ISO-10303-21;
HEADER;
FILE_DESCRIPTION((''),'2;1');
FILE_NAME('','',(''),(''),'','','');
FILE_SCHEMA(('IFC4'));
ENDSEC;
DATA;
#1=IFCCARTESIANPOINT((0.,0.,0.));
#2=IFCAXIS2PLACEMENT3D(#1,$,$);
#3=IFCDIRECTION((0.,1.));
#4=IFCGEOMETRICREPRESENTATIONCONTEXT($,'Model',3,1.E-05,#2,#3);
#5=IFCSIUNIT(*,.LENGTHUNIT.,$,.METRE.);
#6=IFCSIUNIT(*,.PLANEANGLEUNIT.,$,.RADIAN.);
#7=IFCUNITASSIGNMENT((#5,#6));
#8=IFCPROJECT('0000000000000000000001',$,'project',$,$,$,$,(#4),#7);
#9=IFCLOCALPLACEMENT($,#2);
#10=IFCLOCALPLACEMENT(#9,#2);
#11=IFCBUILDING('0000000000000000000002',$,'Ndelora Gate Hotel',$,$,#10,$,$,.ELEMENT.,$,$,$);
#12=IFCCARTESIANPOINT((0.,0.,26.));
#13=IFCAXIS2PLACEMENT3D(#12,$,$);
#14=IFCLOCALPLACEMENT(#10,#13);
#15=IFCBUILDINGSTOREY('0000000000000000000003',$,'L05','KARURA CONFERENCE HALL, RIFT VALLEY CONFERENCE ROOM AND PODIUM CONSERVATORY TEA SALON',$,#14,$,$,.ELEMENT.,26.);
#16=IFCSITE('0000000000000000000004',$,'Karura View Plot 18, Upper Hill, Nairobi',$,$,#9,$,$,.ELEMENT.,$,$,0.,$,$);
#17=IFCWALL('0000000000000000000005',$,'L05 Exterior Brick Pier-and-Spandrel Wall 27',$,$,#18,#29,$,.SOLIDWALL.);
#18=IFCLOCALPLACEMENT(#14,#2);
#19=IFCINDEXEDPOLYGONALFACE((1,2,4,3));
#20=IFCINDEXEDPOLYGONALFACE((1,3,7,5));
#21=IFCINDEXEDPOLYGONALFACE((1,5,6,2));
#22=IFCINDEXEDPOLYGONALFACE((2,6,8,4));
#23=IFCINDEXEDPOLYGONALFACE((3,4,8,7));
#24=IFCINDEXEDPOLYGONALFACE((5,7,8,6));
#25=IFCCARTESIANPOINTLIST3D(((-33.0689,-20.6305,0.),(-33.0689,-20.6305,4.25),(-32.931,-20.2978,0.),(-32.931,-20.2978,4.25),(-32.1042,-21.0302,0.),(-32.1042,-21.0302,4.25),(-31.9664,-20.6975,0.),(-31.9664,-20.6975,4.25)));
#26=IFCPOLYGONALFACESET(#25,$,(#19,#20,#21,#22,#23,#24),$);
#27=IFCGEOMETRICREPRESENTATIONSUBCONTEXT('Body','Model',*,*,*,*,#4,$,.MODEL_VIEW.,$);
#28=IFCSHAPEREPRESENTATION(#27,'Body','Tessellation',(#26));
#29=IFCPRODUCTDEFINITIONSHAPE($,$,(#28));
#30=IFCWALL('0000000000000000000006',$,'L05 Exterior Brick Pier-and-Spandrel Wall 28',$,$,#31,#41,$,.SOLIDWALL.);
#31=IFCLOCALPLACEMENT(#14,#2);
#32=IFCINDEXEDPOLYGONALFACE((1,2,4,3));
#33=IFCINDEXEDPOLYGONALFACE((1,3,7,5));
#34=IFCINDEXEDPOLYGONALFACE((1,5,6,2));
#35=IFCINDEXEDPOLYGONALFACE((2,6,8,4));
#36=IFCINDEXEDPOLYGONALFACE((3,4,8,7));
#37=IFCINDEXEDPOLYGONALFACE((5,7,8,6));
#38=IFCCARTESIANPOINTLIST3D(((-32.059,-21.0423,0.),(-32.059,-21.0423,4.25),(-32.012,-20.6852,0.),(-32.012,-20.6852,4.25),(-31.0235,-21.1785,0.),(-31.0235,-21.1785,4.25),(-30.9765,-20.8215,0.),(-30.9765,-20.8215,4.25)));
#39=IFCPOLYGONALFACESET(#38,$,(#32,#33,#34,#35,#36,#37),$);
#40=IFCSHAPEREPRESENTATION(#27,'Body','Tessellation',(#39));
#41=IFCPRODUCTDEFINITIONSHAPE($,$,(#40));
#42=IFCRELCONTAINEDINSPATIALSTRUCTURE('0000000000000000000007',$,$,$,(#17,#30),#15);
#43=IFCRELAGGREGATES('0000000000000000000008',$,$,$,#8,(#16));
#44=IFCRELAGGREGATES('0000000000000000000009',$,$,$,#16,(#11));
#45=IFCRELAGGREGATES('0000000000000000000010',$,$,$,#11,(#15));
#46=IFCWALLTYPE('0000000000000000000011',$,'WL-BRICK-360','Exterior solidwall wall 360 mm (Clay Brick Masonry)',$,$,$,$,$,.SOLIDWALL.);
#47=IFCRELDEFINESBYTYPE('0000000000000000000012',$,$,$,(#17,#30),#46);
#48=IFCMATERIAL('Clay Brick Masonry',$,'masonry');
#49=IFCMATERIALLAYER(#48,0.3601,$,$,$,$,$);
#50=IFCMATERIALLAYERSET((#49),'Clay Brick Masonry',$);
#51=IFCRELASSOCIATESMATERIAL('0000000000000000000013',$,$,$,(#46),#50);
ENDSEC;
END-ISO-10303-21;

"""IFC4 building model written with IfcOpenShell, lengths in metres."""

from ifc_helpers import new_model, si_unit, direction, frame, frame_2d, origin, place, context, subcontext, project, spatial, rectangle, extrude, material, layer, layer_set, type_object, element, save


model = new_model("IFC4")

# Units and contexts
model_context = context("Model", 3, precision=1e-05, world=origin(), true_north=direction((0.0, 1.0)))
body_context = subcontext(model_context, "Body", "Model", "MODEL_VIEW")
ifc_project = project(units=[si_unit("LENGTHUNIT", "METRE"), si_unit("PLANEANGLEUNIT", "RADIAN")], contexts=[model_context])

# Site, building, storey
site_placement = place(None, origin())
site = spatial("IfcSite", under=ifc_project, at=site_placement, Name="Karura View Plot 18, Upper Hill, Nairobi", CompositionType="ELEMENT", RefElevation=0.0)
building_placement = place(site_placement, origin())
building = spatial("IfcBuilding", under=site, at=building_placement, Name="Ndelora Gate Hotel", CompositionType="ELEMENT")
storey_placement = place(building_placement, frame((0.0, 0.0, 26.0)))
storey = spatial("IfcBuildingStorey", under=building, at=storey_placement, Name="L05", Description="KARURA CONFERENCE HALL, RIFT VALLEY CONFERENCE ROOM AND PODIUM CONSERVATORY TEA SALON", CompositionType="ELEMENT", Elevation=26.0)

# Shared definitions
ifc_material_1 = material(Name="Clay Brick Masonry", Category="masonry")
ifc_layer = layer(ifc_material_1, 0.3601)
ifc_layer_set = layer_set([ifc_layer], Name="Clay Brick Masonry")
wall_type = type_object("IfcWallType", Name="WL-BRICK-360", Description="Exterior solidwall wall 360 mm (Clay Brick Masonry)", PredefinedType="SOLIDWALL", material=ifc_layer_set)

# Walls
for number, where, z_axis, x_axis, name in (
    (1, (-32.0354, -20.8638, 0.0), (0.0, 0.0, 1.0), (-0.923843, 0.382772, 0.0), "L05 Exterior Brick Pier-and-Spandrel Wall 27"),
):
    element("IfcWall", number, at=place(storey_placement, frame(where, z_axis=z_axis, x_axis=x_axis)), inside=storey, type_object=wall_type, Name=name, PredefinedType="SOLIDWALL", context=body_context, shape_type="SweptSolid", body=[
        extrude(rectangle(XDim=1.0442, YDim=0.3601, at=frame_2d((0.522, 0.0))), origin(), (0.0, 0.0, 1.0), 4.25),
    ])
wall_1_placement = place(storey_placement, frame((-31.0, -21.0, 0.0), z_axis=(0.0, 0.0, 1.0), x_axis=(-0.991455, 0.130448, 0.0)))
element("IfcWall", 2, at=wall_1_placement, inside=storey, type_object=wall_type, Name="L05 Exterior Brick Pier-and-Spandrel Wall 28", PredefinedType="SOLIDWALL", context=body_context, shape_type="SweptSolid", body=[
    extrude(rectangle(XDim=1.0444, YDim=0.3601, at=frame_2d((0.5222, 0.0))), origin(), (0.0, 0.0, 1.0), 4.25),
])

save(model, "model.ifc")
